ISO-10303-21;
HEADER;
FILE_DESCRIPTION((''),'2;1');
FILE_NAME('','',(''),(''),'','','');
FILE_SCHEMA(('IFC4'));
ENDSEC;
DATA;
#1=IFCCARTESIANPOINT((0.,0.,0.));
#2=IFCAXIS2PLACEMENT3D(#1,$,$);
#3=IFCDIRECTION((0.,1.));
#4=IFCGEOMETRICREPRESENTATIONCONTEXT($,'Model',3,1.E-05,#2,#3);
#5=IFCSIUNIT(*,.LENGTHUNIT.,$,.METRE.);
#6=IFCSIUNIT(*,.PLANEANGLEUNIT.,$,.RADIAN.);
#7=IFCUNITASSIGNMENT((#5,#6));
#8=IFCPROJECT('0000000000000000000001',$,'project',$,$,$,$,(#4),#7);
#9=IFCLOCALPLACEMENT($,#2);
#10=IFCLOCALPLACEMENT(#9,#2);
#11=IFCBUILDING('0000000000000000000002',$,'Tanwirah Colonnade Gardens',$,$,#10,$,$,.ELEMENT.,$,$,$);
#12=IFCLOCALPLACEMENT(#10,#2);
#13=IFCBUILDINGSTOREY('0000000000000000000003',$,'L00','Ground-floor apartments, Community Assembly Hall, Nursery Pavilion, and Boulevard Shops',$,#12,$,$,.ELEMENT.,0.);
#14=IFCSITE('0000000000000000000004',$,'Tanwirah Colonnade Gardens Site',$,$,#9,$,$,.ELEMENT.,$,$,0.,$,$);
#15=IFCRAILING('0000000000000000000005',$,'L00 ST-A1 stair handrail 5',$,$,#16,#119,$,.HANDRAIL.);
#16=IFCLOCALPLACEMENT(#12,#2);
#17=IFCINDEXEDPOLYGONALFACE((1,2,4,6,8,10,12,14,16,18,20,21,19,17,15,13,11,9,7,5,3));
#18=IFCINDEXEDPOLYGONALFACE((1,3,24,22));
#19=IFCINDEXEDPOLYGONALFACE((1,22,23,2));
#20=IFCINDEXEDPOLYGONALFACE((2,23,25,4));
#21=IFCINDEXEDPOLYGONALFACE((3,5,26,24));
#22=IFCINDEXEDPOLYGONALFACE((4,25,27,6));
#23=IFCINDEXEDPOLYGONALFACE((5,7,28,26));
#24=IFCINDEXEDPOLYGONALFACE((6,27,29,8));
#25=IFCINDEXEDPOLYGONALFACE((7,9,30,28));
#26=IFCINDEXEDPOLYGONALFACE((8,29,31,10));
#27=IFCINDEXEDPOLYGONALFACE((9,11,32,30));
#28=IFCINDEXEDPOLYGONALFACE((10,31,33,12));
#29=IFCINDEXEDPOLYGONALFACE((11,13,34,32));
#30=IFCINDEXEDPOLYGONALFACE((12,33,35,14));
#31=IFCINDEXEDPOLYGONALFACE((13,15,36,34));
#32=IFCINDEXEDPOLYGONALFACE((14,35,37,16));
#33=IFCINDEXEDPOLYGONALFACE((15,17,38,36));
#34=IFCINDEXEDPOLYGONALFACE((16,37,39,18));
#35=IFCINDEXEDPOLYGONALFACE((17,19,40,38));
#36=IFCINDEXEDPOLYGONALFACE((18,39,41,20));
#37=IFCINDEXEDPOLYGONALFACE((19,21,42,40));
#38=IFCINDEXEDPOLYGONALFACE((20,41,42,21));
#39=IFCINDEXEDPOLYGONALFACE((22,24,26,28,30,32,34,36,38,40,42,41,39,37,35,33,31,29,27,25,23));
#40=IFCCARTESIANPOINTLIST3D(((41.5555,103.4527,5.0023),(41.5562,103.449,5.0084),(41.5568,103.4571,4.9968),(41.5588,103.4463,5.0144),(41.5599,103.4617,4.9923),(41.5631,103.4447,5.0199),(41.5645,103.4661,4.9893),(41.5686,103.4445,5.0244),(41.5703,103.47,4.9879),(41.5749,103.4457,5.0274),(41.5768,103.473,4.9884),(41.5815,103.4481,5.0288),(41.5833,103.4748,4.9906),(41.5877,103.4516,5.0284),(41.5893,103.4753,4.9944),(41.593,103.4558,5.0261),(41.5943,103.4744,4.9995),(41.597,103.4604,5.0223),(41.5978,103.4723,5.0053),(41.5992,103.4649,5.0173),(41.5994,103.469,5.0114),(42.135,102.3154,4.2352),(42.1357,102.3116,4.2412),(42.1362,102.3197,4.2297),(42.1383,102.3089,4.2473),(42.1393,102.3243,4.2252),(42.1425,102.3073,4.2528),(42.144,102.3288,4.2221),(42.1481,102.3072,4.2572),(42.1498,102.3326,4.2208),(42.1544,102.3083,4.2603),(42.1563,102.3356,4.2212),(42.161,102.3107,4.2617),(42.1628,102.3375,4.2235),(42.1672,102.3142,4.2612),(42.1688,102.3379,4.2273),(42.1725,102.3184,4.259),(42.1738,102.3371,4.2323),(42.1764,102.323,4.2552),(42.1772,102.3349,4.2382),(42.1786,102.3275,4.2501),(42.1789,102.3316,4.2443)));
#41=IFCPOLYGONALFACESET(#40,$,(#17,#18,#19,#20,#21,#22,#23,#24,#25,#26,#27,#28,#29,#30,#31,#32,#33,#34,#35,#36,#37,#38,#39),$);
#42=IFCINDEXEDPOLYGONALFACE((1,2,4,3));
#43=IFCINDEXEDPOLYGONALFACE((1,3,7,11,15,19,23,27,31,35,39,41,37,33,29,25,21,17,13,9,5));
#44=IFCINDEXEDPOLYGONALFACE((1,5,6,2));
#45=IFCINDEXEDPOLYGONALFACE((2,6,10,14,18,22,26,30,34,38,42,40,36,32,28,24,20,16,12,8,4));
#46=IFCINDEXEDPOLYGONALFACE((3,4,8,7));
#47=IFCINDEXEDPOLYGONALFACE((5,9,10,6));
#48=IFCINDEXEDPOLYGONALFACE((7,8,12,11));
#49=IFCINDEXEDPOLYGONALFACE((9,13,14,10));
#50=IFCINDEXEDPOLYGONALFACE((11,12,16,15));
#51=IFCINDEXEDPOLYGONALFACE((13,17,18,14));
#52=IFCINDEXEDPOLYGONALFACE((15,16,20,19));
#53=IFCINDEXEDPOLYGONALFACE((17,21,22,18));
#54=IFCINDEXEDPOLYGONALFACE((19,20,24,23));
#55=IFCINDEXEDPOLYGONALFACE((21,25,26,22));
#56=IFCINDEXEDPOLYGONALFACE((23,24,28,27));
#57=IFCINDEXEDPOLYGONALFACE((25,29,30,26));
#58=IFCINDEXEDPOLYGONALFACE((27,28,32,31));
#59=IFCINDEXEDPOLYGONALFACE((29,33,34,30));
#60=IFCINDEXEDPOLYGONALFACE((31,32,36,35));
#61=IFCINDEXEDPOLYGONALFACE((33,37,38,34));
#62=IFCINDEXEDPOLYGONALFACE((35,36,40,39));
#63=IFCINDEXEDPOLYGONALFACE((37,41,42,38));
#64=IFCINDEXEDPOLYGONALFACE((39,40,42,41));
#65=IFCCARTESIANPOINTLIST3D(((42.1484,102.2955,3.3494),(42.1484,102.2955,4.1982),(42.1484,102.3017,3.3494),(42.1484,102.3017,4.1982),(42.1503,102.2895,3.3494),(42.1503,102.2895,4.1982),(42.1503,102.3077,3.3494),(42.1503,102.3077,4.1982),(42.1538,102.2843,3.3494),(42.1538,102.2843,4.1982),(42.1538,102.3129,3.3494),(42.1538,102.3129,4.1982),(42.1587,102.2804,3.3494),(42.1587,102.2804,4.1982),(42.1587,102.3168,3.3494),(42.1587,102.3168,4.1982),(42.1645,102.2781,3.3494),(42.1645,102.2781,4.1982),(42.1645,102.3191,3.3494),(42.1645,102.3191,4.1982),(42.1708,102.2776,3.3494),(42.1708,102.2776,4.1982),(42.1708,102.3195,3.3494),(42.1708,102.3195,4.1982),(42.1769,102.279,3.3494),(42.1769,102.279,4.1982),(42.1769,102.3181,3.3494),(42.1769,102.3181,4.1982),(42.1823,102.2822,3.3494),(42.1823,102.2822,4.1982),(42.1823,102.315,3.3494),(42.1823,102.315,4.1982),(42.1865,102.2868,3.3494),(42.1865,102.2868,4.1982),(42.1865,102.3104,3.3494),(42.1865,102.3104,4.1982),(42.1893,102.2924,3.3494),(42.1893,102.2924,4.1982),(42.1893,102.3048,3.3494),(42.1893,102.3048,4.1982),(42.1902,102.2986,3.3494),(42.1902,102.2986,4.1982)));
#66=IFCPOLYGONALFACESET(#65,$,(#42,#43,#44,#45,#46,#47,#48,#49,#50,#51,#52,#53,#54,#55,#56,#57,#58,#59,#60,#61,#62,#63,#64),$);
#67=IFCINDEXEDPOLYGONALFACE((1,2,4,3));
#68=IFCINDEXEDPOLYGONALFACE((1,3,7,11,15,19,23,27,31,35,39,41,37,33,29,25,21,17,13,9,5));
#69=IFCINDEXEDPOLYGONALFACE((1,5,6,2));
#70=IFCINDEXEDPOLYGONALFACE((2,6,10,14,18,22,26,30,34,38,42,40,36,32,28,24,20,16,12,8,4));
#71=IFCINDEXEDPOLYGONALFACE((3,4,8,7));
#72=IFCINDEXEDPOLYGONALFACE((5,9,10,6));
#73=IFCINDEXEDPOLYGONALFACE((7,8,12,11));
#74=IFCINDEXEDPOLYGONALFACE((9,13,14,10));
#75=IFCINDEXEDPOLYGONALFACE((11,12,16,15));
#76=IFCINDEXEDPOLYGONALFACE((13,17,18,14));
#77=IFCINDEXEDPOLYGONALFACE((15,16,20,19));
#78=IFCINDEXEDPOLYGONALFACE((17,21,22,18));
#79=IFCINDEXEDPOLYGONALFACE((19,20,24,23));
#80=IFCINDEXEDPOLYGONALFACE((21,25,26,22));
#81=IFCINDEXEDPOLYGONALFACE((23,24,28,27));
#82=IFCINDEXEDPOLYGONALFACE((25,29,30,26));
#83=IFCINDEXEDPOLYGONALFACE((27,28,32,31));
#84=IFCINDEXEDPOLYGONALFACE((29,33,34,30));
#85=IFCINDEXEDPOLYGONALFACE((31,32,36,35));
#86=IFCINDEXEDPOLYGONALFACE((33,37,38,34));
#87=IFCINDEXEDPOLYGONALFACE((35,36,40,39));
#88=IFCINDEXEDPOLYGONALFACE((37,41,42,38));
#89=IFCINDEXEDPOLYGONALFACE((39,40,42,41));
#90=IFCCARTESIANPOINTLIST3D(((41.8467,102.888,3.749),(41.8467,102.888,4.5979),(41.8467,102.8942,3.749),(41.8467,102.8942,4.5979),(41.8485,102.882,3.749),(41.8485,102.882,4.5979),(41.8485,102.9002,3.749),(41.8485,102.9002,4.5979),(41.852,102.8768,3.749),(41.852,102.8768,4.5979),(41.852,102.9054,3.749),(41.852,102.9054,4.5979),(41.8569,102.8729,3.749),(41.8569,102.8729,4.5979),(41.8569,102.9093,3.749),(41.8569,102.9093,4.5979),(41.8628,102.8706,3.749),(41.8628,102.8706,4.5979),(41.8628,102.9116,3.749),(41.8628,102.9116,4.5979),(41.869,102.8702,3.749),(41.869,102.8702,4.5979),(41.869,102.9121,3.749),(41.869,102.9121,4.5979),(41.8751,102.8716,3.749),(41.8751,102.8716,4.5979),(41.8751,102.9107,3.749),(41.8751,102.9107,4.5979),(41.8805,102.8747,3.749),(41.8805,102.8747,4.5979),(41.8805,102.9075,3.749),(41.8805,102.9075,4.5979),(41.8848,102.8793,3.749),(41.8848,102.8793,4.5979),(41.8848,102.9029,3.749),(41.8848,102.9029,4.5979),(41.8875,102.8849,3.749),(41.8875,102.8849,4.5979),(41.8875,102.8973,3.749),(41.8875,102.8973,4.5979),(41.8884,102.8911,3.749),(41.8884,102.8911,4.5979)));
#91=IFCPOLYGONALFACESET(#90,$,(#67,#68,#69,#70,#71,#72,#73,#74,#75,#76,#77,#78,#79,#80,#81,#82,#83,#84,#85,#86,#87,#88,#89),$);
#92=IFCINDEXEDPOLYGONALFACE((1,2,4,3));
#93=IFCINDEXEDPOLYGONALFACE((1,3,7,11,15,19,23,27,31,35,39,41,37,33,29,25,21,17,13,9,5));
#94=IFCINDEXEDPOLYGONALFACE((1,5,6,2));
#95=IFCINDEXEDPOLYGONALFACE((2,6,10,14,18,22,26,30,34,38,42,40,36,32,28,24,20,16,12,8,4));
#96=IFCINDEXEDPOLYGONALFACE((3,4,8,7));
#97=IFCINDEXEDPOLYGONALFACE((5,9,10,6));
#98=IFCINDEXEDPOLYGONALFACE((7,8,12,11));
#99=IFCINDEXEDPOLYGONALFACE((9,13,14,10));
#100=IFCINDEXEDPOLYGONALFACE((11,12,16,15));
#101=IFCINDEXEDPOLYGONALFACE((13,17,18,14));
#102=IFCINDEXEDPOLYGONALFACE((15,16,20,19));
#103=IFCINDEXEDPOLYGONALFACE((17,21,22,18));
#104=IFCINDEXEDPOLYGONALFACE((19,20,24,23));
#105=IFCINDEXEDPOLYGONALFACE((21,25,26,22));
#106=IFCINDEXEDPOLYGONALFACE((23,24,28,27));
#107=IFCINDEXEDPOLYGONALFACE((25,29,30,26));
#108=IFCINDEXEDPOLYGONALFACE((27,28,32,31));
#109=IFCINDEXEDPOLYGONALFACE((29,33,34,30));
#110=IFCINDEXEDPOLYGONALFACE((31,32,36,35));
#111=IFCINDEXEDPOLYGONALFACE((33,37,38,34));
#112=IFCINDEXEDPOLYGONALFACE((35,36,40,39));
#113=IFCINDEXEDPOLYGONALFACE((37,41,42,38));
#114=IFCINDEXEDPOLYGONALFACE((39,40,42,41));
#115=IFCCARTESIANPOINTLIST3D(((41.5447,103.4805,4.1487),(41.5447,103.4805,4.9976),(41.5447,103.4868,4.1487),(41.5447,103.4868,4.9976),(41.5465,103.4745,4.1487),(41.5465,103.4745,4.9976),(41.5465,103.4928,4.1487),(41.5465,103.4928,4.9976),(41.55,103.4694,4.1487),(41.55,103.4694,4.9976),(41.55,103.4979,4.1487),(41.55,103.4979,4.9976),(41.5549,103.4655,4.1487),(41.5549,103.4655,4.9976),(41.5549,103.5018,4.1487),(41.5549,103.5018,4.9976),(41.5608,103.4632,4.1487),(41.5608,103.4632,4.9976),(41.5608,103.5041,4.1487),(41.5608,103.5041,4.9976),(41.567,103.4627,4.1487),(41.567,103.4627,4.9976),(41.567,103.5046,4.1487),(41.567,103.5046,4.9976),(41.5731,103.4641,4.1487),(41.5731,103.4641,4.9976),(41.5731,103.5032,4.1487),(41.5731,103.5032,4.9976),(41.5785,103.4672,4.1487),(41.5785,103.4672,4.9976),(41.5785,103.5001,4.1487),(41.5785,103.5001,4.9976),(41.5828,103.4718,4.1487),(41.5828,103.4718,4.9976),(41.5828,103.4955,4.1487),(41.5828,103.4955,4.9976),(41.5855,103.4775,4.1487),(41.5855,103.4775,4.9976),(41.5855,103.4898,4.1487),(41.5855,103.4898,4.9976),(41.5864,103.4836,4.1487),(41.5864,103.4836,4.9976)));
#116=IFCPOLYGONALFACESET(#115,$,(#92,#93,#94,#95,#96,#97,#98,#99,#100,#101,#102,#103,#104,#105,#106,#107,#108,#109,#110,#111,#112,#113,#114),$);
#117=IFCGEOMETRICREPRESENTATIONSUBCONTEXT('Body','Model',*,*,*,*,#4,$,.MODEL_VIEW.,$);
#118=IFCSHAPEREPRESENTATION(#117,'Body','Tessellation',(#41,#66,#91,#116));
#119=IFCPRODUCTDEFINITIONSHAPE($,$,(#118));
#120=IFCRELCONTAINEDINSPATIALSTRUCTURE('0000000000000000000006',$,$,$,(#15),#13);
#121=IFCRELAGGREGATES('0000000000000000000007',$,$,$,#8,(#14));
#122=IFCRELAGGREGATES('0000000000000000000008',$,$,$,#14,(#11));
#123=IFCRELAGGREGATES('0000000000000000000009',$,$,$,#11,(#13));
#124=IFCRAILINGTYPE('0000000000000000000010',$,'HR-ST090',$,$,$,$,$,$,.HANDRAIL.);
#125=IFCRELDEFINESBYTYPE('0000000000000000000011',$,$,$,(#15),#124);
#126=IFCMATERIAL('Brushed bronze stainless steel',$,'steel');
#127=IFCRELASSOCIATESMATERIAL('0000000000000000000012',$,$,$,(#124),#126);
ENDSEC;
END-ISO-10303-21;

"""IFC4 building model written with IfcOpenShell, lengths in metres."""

from ifc_helpers import new_model, si_unit, direction, frame, origin, origin_2d, place, context, subcontext, project, spatial, circle, extrude, material, type_object, element, save


model = new_model("IFC4")

# Units and contexts
model_context = context("Model", 3, precision=1e-05, world=origin(), true_north=direction((0.0, 1.0)))
body_context = subcontext(model_context, "Body", "Model", "MODEL_VIEW")
ifc_project = project(units=[si_unit("LENGTHUNIT", "METRE"), si_unit("PLANEANGLEUNIT", "RADIAN")], contexts=[model_context])

# Site, building, storey
site_placement = place(None, origin())
site = spatial("IfcSite", under=ifc_project, at=site_placement, Name="Tanwirah Colonnade Gardens Site", CompositionType="ELEMENT", RefElevation=0.0)
building_placement = place(site_placement, origin())
building = spatial("IfcBuilding", under=site, at=building_placement, Name="Tanwirah Colonnade Gardens", CompositionType="ELEMENT")
storey_placement = place(building_placement, origin())
storey = spatial("IfcBuildingStorey", under=building, at=storey_placement, Name="L00", Description="Ground-floor apartments, Community Assembly Hall, Nursery Pavilion, and Boulevard Shops", CompositionType="ELEMENT", Elevation=0.0)

# Railing
ifc_material_1 = material(Name="Brushed bronze stainless steel", Category="steel")
railing_type_1 = type_object("IfcRailingType", Name="HR-ST090", PredefinedType="HANDRAIL", material=ifc_material_1)
railing_1_placement = place(storey_placement, frame((42.1692, 102.2986, 3.3494)))
element("IfcRailing", 1, at=railing_1_placement, inside=storey, type_object=railing_type_1, Name="L00 ST-A1 stair handrail 5", PredefinedType="HANDRAIL", context=body_context, shape_type="SweptSolid", body=[
    extrude(circle(Radius=0.0239, at=origin_2d()), frame((-0.0122, 0.0239, 0.8918), z_axis=(-0.389094, 0.763713, 0.515121), x_axis=(-0.891024, -0.453956, 0.0)), (0.0, 0.0, 1.0), 1.4893),
    extrude(circle(Radius=0.021, at=origin_2d()), origin(), (0.0, 0.0, 1.0), 0.8489),
    extrude(circle(Radius=0.021, at=origin_2d()), frame((-0.3018, 0.5925, 0.3997)), (0.0, 0.0, 1.0), 0.8489),
    extrude(circle(Radius=0.021, at=origin_2d()), frame((-0.6038, 1.1851, 0.7993)), (0.0, 0.0, 1.0), 0.8489),
])

save(model, "model.ifc")
